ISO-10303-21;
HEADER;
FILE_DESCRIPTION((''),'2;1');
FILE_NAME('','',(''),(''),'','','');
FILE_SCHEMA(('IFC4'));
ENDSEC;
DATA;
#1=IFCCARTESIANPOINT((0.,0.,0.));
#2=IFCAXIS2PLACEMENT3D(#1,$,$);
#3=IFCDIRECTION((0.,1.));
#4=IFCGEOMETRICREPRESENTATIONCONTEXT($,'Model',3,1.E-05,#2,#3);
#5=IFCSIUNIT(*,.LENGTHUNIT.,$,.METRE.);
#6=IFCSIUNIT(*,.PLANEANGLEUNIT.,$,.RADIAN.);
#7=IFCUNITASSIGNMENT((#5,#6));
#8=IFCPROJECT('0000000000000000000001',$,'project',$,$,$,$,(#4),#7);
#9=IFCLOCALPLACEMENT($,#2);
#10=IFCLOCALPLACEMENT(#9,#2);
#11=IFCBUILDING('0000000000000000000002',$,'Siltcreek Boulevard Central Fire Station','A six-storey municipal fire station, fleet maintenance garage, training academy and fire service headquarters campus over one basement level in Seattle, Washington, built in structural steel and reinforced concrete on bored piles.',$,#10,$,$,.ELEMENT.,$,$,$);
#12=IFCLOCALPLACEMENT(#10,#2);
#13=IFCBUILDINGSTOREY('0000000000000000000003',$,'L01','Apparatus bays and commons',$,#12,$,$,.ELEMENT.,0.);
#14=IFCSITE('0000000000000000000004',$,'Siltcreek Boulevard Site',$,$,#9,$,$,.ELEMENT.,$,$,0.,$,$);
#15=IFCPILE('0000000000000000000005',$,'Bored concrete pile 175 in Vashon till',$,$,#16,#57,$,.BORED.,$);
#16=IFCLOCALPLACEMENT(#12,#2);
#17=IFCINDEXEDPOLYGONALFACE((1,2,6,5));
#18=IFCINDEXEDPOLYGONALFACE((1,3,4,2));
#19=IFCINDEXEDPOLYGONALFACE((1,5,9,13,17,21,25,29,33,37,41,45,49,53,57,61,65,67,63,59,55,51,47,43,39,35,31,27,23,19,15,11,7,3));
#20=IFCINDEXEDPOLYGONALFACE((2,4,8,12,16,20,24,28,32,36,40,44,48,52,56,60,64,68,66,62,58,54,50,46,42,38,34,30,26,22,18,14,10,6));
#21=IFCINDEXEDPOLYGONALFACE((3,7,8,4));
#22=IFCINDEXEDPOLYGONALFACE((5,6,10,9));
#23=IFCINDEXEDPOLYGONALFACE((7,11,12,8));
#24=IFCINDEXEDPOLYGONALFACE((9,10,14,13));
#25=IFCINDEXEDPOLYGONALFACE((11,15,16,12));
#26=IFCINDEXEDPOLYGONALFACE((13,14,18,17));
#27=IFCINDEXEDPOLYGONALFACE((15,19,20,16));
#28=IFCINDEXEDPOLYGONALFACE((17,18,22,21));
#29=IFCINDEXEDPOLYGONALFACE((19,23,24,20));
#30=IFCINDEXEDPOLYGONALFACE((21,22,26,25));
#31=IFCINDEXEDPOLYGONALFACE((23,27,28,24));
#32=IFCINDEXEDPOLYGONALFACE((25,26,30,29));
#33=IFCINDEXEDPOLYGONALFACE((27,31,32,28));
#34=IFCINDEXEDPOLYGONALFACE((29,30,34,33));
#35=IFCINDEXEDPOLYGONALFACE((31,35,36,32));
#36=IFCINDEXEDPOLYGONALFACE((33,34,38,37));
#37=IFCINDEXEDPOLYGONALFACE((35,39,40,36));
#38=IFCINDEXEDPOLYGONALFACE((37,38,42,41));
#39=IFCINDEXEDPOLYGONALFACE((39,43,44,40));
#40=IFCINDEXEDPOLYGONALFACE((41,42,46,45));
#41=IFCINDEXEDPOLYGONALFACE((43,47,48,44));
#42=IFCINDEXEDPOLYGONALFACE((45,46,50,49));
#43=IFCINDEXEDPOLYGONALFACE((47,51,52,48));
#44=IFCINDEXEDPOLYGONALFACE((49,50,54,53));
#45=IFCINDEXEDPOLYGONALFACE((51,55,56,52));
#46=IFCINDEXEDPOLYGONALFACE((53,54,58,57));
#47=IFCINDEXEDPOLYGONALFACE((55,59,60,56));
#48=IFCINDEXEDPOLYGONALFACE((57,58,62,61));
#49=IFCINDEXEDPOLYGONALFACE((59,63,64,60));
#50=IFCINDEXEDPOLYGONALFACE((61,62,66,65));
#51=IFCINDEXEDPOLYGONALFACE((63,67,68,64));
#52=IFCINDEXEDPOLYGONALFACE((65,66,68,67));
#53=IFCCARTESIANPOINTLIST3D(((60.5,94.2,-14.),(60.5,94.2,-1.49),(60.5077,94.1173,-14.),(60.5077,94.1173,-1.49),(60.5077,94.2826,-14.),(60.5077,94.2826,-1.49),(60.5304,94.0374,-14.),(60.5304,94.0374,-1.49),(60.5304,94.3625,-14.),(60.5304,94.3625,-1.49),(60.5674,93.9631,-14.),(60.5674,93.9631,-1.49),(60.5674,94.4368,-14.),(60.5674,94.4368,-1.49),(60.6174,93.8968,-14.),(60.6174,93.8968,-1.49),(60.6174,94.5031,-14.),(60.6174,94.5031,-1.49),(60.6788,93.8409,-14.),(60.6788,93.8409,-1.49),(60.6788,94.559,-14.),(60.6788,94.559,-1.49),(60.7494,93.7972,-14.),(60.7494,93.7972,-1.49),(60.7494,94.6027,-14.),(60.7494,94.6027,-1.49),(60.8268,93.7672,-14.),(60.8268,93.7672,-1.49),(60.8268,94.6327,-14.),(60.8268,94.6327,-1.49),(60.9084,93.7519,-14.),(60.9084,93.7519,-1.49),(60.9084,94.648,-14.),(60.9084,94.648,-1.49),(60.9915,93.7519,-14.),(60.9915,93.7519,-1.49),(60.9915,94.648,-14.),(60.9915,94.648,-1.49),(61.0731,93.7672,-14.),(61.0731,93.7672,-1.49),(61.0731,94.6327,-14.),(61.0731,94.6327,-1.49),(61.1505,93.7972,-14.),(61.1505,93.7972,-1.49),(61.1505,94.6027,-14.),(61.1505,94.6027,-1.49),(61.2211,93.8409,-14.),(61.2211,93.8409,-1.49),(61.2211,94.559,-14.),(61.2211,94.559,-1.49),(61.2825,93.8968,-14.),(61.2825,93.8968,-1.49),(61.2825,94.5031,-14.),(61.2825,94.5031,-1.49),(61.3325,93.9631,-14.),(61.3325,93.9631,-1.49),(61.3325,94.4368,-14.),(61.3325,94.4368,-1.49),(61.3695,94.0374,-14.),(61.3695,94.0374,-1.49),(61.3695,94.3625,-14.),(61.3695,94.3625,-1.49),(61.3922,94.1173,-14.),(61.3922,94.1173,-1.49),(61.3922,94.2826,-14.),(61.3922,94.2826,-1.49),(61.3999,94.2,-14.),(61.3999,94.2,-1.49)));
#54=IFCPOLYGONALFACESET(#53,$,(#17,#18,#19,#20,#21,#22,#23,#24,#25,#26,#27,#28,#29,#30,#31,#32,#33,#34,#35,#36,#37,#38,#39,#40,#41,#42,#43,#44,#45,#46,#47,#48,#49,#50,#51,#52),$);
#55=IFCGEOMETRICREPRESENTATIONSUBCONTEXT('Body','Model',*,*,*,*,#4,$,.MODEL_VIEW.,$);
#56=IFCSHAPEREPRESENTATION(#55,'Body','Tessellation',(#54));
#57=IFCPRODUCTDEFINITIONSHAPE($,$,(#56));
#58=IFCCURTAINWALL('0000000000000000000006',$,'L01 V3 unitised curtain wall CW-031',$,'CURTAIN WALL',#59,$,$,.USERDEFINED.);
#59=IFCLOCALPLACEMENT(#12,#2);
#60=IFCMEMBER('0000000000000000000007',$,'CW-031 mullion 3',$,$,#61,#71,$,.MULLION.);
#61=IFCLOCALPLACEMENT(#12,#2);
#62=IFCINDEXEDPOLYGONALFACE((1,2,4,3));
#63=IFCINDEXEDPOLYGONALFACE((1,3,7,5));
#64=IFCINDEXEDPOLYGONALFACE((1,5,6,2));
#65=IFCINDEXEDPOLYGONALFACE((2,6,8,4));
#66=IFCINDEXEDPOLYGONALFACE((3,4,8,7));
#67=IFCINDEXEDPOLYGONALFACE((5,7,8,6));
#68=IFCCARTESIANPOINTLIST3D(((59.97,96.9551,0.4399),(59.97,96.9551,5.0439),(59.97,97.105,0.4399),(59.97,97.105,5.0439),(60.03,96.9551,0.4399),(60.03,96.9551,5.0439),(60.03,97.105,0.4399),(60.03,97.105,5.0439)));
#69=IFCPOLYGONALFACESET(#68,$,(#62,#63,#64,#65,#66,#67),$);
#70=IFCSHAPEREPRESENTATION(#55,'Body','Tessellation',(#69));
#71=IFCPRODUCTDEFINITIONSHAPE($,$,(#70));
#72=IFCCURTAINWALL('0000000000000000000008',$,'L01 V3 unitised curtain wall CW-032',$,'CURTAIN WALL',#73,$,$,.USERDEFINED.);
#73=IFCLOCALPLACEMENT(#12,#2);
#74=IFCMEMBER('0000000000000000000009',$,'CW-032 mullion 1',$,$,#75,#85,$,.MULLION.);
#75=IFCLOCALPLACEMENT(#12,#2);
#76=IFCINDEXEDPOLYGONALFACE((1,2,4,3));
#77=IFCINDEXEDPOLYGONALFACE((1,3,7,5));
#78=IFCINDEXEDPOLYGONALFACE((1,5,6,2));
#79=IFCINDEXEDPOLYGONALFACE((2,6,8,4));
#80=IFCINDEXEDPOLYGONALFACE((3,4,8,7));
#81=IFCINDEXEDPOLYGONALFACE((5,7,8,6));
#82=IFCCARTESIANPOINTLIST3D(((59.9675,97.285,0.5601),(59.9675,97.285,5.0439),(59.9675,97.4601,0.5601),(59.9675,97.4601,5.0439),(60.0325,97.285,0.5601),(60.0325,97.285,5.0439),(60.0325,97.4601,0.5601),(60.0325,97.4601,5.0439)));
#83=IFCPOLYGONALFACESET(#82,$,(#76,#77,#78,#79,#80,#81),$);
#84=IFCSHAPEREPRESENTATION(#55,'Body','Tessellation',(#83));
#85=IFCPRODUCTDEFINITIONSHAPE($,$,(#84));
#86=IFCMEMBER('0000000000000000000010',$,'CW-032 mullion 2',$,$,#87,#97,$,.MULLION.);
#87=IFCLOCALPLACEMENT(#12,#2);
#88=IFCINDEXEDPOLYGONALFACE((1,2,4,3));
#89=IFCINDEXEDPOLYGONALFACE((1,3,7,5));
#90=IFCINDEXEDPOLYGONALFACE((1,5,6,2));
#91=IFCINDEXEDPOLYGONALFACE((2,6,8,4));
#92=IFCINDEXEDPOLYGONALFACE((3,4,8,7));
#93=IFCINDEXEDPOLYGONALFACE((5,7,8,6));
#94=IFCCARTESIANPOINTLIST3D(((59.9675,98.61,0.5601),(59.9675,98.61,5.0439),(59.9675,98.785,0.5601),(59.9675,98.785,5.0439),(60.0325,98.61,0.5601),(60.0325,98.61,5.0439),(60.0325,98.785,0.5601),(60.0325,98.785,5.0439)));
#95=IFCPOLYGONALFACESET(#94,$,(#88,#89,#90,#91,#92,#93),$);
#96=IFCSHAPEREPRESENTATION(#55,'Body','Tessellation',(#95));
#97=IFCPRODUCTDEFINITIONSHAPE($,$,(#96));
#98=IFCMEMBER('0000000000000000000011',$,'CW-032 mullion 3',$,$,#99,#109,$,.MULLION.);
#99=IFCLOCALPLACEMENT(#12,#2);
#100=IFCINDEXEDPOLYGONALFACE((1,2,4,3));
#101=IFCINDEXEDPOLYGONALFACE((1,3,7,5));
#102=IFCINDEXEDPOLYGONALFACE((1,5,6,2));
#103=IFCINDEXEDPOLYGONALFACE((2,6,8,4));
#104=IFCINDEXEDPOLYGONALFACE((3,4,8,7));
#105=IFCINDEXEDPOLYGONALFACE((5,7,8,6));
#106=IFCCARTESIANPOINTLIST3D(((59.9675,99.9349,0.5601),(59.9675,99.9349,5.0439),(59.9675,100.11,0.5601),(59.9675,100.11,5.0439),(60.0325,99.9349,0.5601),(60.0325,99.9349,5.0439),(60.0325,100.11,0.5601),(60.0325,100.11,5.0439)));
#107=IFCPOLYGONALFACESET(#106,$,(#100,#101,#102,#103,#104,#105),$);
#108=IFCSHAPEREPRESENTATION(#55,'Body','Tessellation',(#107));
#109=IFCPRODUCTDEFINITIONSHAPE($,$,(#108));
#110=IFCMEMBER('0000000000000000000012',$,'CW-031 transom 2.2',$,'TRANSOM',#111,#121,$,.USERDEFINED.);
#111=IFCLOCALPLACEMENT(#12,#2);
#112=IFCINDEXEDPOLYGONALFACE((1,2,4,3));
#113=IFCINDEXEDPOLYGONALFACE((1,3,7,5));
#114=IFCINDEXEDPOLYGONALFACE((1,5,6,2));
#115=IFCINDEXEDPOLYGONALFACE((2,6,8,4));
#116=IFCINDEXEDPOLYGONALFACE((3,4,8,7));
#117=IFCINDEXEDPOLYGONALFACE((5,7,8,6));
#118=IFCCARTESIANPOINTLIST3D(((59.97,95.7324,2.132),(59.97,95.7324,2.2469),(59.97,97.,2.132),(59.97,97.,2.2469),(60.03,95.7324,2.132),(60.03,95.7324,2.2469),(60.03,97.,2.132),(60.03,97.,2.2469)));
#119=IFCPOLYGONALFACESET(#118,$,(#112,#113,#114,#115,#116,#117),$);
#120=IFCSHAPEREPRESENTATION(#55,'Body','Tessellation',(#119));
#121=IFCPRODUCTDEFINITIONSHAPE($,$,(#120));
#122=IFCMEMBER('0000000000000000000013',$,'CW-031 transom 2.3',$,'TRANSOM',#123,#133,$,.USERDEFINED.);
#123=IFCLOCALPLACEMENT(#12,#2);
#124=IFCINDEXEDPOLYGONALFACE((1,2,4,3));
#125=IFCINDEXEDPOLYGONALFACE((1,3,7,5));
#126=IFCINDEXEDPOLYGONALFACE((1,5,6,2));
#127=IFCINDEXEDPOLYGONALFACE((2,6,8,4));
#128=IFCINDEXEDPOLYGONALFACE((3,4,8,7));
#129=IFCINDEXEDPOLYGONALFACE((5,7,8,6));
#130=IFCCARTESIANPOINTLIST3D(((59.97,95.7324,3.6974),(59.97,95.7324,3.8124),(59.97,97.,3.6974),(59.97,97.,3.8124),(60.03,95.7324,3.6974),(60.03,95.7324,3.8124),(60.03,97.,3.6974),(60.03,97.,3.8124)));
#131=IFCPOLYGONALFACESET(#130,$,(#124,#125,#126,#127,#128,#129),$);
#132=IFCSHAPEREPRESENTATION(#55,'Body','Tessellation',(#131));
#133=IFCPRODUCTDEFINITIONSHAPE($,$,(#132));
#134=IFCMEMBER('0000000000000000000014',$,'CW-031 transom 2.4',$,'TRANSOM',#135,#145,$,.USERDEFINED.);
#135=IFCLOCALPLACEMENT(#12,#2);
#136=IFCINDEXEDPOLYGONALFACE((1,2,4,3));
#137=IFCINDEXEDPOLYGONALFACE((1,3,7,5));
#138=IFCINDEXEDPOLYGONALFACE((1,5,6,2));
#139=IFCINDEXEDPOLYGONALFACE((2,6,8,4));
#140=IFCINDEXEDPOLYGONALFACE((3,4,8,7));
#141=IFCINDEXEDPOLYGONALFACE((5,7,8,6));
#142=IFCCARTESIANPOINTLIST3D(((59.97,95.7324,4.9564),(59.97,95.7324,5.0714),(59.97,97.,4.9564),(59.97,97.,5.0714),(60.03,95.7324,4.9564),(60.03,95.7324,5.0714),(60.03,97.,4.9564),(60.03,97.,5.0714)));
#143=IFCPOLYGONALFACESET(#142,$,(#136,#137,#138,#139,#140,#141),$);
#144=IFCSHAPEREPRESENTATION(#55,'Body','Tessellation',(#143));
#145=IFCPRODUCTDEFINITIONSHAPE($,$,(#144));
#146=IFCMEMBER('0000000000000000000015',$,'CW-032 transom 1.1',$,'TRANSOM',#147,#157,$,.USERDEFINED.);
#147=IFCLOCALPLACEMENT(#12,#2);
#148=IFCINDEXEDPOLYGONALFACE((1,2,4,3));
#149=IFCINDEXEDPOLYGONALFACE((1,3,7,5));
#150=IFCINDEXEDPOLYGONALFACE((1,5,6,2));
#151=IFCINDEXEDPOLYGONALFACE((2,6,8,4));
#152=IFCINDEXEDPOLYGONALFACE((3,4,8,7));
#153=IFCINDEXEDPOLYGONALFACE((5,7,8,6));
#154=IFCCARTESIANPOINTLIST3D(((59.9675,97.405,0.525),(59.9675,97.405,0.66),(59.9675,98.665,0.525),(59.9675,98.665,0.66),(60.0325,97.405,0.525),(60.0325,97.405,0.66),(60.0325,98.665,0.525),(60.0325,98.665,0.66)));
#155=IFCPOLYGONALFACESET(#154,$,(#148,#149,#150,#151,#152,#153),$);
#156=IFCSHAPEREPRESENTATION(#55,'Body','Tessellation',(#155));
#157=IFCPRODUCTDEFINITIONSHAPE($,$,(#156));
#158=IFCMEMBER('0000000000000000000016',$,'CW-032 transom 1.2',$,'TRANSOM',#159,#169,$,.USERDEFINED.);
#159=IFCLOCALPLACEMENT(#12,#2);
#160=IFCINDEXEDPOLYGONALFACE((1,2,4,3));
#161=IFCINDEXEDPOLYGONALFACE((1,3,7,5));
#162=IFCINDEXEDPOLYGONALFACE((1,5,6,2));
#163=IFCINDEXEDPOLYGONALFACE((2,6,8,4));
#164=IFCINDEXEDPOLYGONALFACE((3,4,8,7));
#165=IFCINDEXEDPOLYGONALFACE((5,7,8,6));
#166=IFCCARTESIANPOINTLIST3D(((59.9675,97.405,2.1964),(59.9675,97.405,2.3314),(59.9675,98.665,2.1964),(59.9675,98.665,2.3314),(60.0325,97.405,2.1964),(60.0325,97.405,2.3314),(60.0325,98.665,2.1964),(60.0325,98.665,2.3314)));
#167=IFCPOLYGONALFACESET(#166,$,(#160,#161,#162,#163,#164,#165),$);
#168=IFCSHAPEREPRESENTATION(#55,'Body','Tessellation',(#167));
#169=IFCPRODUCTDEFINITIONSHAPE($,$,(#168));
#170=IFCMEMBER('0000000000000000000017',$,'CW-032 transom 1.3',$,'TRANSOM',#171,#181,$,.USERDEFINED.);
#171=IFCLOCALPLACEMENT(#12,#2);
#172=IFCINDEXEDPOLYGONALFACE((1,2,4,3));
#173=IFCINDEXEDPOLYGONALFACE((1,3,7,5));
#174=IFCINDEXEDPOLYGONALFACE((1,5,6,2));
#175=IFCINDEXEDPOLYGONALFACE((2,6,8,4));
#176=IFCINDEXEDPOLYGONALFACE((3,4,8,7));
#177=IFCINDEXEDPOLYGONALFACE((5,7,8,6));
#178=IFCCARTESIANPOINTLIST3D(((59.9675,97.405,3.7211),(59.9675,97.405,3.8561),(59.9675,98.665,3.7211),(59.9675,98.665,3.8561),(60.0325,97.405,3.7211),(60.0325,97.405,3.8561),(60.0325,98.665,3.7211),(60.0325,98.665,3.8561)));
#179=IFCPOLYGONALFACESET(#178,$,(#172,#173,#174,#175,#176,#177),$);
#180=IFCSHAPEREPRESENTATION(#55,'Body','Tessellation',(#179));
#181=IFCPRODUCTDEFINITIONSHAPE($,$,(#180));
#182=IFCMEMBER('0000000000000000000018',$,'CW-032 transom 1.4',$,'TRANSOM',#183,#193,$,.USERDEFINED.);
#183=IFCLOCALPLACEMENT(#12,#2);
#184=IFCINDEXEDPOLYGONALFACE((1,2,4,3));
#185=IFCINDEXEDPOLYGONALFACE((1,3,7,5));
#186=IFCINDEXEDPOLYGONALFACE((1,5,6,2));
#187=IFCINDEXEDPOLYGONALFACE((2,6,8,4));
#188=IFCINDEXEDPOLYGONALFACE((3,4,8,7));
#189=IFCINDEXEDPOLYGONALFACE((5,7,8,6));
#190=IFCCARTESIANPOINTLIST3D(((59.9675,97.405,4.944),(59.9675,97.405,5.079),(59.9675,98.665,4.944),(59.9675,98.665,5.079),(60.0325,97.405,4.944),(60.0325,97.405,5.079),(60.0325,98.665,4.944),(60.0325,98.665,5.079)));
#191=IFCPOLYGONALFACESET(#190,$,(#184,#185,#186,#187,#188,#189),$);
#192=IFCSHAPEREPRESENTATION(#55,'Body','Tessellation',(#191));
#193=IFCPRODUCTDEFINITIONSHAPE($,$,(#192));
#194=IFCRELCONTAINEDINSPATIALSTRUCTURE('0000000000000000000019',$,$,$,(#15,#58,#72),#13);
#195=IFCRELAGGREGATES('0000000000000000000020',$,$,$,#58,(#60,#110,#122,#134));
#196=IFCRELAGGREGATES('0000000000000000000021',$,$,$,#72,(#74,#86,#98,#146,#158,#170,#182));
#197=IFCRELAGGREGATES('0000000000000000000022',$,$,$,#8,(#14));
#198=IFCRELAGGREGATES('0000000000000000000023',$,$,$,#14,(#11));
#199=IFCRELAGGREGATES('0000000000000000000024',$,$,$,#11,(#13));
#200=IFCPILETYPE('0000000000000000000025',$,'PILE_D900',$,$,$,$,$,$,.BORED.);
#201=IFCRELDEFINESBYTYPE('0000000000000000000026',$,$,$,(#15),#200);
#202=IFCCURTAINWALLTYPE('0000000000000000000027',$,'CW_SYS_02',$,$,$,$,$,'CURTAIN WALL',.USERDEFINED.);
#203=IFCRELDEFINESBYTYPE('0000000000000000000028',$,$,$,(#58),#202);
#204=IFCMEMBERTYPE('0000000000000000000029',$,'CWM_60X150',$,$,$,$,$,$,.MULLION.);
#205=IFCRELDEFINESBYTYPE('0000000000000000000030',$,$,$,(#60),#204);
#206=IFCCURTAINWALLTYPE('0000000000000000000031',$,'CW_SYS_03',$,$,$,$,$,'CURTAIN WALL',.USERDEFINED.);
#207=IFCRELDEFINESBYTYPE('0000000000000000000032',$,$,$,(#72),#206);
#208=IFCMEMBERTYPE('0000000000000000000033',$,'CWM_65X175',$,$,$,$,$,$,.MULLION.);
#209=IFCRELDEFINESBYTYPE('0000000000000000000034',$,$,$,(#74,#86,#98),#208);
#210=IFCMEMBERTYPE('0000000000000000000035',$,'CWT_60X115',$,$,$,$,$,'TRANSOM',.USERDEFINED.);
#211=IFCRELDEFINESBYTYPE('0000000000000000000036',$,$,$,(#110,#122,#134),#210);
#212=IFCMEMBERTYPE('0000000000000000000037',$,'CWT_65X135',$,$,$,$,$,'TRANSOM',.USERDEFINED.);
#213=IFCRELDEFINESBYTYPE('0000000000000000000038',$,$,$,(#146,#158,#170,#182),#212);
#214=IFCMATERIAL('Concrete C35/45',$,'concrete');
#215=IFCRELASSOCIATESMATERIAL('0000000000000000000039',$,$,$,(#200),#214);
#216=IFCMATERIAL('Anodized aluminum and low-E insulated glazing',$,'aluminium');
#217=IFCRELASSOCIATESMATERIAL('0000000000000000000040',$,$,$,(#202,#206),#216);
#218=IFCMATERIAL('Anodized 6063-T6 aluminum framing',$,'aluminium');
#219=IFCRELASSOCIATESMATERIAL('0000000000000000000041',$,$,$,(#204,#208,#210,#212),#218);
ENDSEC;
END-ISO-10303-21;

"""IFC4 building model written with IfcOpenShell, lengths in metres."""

from ifc_helpers import new_model, si_unit, direction, frame, origin, origin_2d, place, context, subcontext, project, spatial, rectangle, circle, extrude, material, material_profile, profile_set, type_object, element, aggregate, save


model = new_model("IFC4")

# Units and contexts
model_context = context("Model", 3, precision=1e-05, world=origin(), true_north=direction((0.0, 1.0)))
body_context = subcontext(model_context, "Body", "Model", "MODEL_VIEW")
ifc_project = project(units=[si_unit("LENGTHUNIT", "METRE"), si_unit("PLANEANGLEUNIT", "RADIAN")], contexts=[model_context])

# Site, building, storey
site_placement = place(None, origin())
site = spatial("IfcSite", under=ifc_project, at=site_placement, Name="Siltcreek Boulevard Site", CompositionType="ELEMENT", RefElevation=0.0)
building_placement = place(site_placement, origin())
building = spatial("IfcBuilding", under=site, at=building_placement, Name="Siltcreek Boulevard Central Fire Station", Description="A six-storey municipal fire station, fleet maintenance garage, training academy and fire service headquarters campus over one basement level in Seattle, Washington, built in structural steel and reinforced concrete on bored piles.", CompositionType="ELEMENT")
storey_placement = place(building_placement, origin())
storey = spatial("IfcBuildingStorey", under=building, at=storey_placement, Name="L01", Description="Apparatus bays and commons", CompositionType="ELEMENT", Elevation=0.0)

# Pile
ifc_material_1 = material(Name="Concrete C35/45", Category="concrete")
ifc_material_profile_1 = material_profile(ifc_material_1, circle(Radius=0.45, at=origin_2d()), Name="SHAFT900")
ifc_profile_set_1 = profile_set([ifc_material_profile_1], Name="Concrete C35/45")
pile_type = type_object("IfcPileType", Name="PILE_D900", PredefinedType="BORED", material=ifc_profile_set_1)
pile_placement = place(storey_placement, frame((60.95, 94.2, -1.49), z_axis=(0.0, 0.0, -1.0), x_axis=(1.0, 0.0, 0.0)))
element("IfcPile", 1, at=pile_placement, inside=storey, type_object=pile_type, Name="Bored concrete pile 175 in Vashon till", PredefinedType="BORED", context=body_context, shape_type="SweptSolid", body=[
    extrude(circle(Radius=0.45, at=origin_2d()), origin(), (0.0, 0.0, 1.0), 12.51),
])

# Curtain wall, member
ifc_material_2 = material(Name="Anodized aluminum and low-E insulated glazing", Category="aluminium")
curtain_wall_type_1 = type_object("IfcCurtainWallType", Name="CW_SYS_02", ElementType="CURTAIN WALL", PredefinedType="USERDEFINED", material=ifc_material_2)
curtain_wall_1_placement = place(storey_placement, origin())
curtain_wall_1 = element("IfcCurtainWall", 2, at=curtain_wall_1_placement, inside=storey, type_object=curtain_wall_type_1, Name="L01 V3 unitised curtain wall CW-031", ObjectType="CURTAIN WALL", PredefinedType="USERDEFINED")
ifc_material_3 = material(Name="Anodized 6063-T6 aluminum framing", Category="aluminium")
ifc_material_profile_2 = material_profile(ifc_material_3, rectangle(XDim=0.0601, YDim=0.1499, at=origin_2d()), Name="MULL60X150")
ifc_profile_set_2 = profile_set([ifc_material_profile_2], Name="Anodized 6063-T6 aluminum framing")
member_type_1 = type_object("IfcMemberType", Name="CWM_60X150", PredefinedType="MULLION", material=ifc_profile_set_2)
member_1_placement = place(storey_placement, frame((60.0, 97.03, 0.4399), z_axis=(0.0, 0.0, 1.0), x_axis=(-1.0, 0.0, 0.0)))
member_1 = element("IfcMember", 3, at=member_1_placement, type_object=member_type_1, Name="CW-031 mullion 3", PredefinedType="MULLION", context=body_context, shape_type="SweptSolid", body=[
    extrude(rectangle(XDim=0.0601, YDim=0.1499, at=origin_2d()), origin(), (0.0, 0.0, 1.0), 4.604),
])

# Curtain wall, members
curtain_wall_type_2 = type_object("IfcCurtainWallType", Name="CW_SYS_03", ElementType="CURTAIN WALL", PredefinedType="USERDEFINED", material=ifc_material_2)
curtain_wall_2_placement = place(storey_placement, origin())
curtain_wall_2 = element("IfcCurtainWall", 4, at=curtain_wall_2_placement, inside=storey, type_object=curtain_wall_type_2, Name="L01 V3 unitised curtain wall CW-032", ObjectType="CURTAIN WALL", PredefinedType="USERDEFINED")
ifc_material_profile_3 = material_profile(ifc_material_3, rectangle(XDim=0.0649, YDim=0.175, at=origin_2d()), Name="MULL65X175")
ifc_profile_set_3 = profile_set([ifc_material_profile_3], Name="Anodized 6063-T6 aluminum framing")
member_type_2 = type_object("IfcMemberType", Name="CWM_65X175", PredefinedType="MULLION", material=ifc_profile_set_3)
member_2_placement = place(storey_placement, frame((60.0, 97.3726, 0.5601), z_axis=(0.0, 0.0, 1.0), x_axis=(-1.0, 0.0, 0.0)))
member_2 = element("IfcMember", 5, at=member_2_placement, type_object=member_type_2, Name="CW-032 mullion 1", PredefinedType="MULLION", context=body_context, shape_type="SweptSolid", body=[
    extrude(rectangle(XDim=0.0649, YDim=0.175, at=origin_2d()), origin(), (0.0, 0.0, 1.0), 4.4839),
])
member_3_placement = place(storey_placement, frame((60.0, 98.6975, 0.5601), z_axis=(0.0, 0.0, 1.0), x_axis=(-1.0, 0.0, 0.0)))
member_3 = element("IfcMember", 6, at=member_3_placement, type_object=member_type_2, Name="CW-032 mullion 2", PredefinedType="MULLION", context=body_context, shape_type="SweptSolid", body=[
    extrude(rectangle(XDim=0.0649, YDim=0.175, at=origin_2d()), origin(), (0.0, 0.0, 1.0), 4.4839),
])
member_4_placement = place(storey_placement, frame((60.0, 100.0225, 0.5601), z_axis=(0.0, 0.0, 1.0), x_axis=(-1.0, 0.0, 0.0)))
member_4 = element("IfcMember", 7, at=member_4_placement, type_object=member_type_2, Name="CW-032 mullion 3", PredefinedType="MULLION", context=body_context, shape_type="SweptSolid", body=[
    extrude(rectangle(XDim=0.0649, YDim=0.175, at=origin_2d()), origin(), (0.0, 0.0, 1.0), 4.4839),
])

# Members
ifc_material_profile_4 = material_profile(ifc_material_3, rectangle(XDim=0.0601, YDim=0.115, at=origin_2d()), Name="TRAN60X115")
ifc_profile_set_4 = profile_set([ifc_material_profile_4], Name="Anodized 6063-T6 aluminum framing")
member_type_3 = type_object("IfcMemberType", Name="CWT_60X115", ElementType="TRANSOM", PredefinedType="USERDEFINED", material=ifc_profile_set_4)
member_5_placement = place(storey_placement, frame((60.0, 95.7324, 2.1895), z_axis=(0.0, 1.0, 0.0), x_axis=(-1.0, 0.0, 0.0)))
member_5 = element("IfcMember", 8, at=member_5_placement, type_object=member_type_3, Name="CW-031 transom 2.2", ObjectType="TRANSOM", PredefinedType="USERDEFINED", context=body_context, shape_type="SweptSolid", body=[
    extrude(rectangle(XDim=0.0601, YDim=0.115, at=origin_2d()), origin(), (0.0, 0.0, 1.0), 1.2676),
])
member_6_placement = place(storey_placement, frame((60.0, 95.7324, 3.7549), z_axis=(0.0, 1.0, 0.0), x_axis=(-1.0, 0.0, 0.0)))
member_6 = element("IfcMember", 9, at=member_6_placement, type_object=member_type_3, Name="CW-031 transom 2.3", ObjectType="TRANSOM", PredefinedType="USERDEFINED", context=body_context, shape_type="SweptSolid", body=[
    extrude(rectangle(XDim=0.0601, YDim=0.115, at=origin_2d()), origin(), (0.0, 0.0, 1.0), 1.2676),
])
member_7_placement = place(storey_placement, frame((60.0, 95.7324, 5.0139), z_axis=(0.0, 1.0, 0.0), x_axis=(-1.0, 0.0, 0.0)))
member_7 = element("IfcMember", 10, at=member_7_placement, type_object=member_type_3, Name="CW-031 transom 2.4", ObjectType="TRANSOM", PredefinedType="USERDEFINED", context=body_context, shape_type="SweptSolid", body=[
    extrude(rectangle(XDim=0.0601, YDim=0.115, at=origin_2d()), origin(), (0.0, 0.0, 1.0), 1.2676),
])
ifc_material_profile_5 = material_profile(ifc_material_3, rectangle(XDim=0.0649, YDim=0.135, at=origin_2d()), Name="TRAN65X135")
ifc_profile_set_5 = profile_set([ifc_material_profile_5], Name="Anodized 6063-T6 aluminum framing")
member_type_4 = type_object("IfcMemberType", Name="CWT_65X135", ElementType="TRANSOM", PredefinedType="USERDEFINED", material=ifc_profile_set_5)
member_8_placement = place(storey_placement, frame((60.0, 97.405, 0.5925), z_axis=(0.0, 1.0, 0.0), x_axis=(-1.0, 0.0, 0.0)))
member_8 = element("IfcMember", 11, at=member_8_placement, type_object=member_type_4, Name="CW-032 transom 1.1", ObjectType="TRANSOM", PredefinedType="USERDEFINED", context=body_context, shape_type="SweptSolid", body=[
    extrude(rectangle(XDim=0.0649, YDim=0.135, at=origin_2d()), origin(), (0.0, 0.0, 1.0), 1.26),
])
member_9_placement = place(storey_placement, frame((60.0, 97.405, 2.2639), z_axis=(0.0, 1.0, 0.0), x_axis=(-1.0, 0.0, 0.0)))
member_9 = element("IfcMember", 12, at=member_9_placement, type_object=member_type_4, Name="CW-032 transom 1.2", ObjectType="TRANSOM", PredefinedType="USERDEFINED", context=body_context, shape_type="SweptSolid", body=[
    extrude(rectangle(XDim=0.0649, YDim=0.135, at=origin_2d()), origin(), (0.0, 0.0, 1.0), 1.26),
])
member_10_placement = place(storey_placement, frame((60.0, 97.405, 3.7886), z_axis=(0.0, 1.0, 0.0), x_axis=(-1.0, 0.0, 0.0)))
member_10 = element("IfcMember", 13, at=member_10_placement, type_object=member_type_4, Name="CW-032 transom 1.3", ObjectType="TRANSOM", PredefinedType="USERDEFINED", context=body_context, shape_type="SweptSolid", body=[
    extrude(rectangle(XDim=0.0649, YDim=0.135, at=origin_2d()), origin(), (0.0, 0.0, 1.0), 1.26),
])
member_11_placement = place(storey_placement, frame((60.0, 97.405, 5.0115), z_axis=(0.0, 1.0, 0.0), x_axis=(-1.0, 0.0, 0.0)))
member_11 = element("IfcMember", 14, at=member_11_placement, type_object=member_type_4, Name="CW-032 transom 1.4", ObjectType="TRANSOM", PredefinedType="USERDEFINED", context=body_context, shape_type="SweptSolid", body=[
    extrude(rectangle(XDim=0.0649, YDim=0.135, at=origin_2d()), origin(), (0.0, 0.0, 1.0), 1.26),
])

aggregate(curtain_wall_1, [member_1, member_5, member_6, member_7])
aggregate(curtain_wall_2, [member_2, member_3, member_4, member_8, member_9, member_10, member_11])

save(model, "model.ifc")
